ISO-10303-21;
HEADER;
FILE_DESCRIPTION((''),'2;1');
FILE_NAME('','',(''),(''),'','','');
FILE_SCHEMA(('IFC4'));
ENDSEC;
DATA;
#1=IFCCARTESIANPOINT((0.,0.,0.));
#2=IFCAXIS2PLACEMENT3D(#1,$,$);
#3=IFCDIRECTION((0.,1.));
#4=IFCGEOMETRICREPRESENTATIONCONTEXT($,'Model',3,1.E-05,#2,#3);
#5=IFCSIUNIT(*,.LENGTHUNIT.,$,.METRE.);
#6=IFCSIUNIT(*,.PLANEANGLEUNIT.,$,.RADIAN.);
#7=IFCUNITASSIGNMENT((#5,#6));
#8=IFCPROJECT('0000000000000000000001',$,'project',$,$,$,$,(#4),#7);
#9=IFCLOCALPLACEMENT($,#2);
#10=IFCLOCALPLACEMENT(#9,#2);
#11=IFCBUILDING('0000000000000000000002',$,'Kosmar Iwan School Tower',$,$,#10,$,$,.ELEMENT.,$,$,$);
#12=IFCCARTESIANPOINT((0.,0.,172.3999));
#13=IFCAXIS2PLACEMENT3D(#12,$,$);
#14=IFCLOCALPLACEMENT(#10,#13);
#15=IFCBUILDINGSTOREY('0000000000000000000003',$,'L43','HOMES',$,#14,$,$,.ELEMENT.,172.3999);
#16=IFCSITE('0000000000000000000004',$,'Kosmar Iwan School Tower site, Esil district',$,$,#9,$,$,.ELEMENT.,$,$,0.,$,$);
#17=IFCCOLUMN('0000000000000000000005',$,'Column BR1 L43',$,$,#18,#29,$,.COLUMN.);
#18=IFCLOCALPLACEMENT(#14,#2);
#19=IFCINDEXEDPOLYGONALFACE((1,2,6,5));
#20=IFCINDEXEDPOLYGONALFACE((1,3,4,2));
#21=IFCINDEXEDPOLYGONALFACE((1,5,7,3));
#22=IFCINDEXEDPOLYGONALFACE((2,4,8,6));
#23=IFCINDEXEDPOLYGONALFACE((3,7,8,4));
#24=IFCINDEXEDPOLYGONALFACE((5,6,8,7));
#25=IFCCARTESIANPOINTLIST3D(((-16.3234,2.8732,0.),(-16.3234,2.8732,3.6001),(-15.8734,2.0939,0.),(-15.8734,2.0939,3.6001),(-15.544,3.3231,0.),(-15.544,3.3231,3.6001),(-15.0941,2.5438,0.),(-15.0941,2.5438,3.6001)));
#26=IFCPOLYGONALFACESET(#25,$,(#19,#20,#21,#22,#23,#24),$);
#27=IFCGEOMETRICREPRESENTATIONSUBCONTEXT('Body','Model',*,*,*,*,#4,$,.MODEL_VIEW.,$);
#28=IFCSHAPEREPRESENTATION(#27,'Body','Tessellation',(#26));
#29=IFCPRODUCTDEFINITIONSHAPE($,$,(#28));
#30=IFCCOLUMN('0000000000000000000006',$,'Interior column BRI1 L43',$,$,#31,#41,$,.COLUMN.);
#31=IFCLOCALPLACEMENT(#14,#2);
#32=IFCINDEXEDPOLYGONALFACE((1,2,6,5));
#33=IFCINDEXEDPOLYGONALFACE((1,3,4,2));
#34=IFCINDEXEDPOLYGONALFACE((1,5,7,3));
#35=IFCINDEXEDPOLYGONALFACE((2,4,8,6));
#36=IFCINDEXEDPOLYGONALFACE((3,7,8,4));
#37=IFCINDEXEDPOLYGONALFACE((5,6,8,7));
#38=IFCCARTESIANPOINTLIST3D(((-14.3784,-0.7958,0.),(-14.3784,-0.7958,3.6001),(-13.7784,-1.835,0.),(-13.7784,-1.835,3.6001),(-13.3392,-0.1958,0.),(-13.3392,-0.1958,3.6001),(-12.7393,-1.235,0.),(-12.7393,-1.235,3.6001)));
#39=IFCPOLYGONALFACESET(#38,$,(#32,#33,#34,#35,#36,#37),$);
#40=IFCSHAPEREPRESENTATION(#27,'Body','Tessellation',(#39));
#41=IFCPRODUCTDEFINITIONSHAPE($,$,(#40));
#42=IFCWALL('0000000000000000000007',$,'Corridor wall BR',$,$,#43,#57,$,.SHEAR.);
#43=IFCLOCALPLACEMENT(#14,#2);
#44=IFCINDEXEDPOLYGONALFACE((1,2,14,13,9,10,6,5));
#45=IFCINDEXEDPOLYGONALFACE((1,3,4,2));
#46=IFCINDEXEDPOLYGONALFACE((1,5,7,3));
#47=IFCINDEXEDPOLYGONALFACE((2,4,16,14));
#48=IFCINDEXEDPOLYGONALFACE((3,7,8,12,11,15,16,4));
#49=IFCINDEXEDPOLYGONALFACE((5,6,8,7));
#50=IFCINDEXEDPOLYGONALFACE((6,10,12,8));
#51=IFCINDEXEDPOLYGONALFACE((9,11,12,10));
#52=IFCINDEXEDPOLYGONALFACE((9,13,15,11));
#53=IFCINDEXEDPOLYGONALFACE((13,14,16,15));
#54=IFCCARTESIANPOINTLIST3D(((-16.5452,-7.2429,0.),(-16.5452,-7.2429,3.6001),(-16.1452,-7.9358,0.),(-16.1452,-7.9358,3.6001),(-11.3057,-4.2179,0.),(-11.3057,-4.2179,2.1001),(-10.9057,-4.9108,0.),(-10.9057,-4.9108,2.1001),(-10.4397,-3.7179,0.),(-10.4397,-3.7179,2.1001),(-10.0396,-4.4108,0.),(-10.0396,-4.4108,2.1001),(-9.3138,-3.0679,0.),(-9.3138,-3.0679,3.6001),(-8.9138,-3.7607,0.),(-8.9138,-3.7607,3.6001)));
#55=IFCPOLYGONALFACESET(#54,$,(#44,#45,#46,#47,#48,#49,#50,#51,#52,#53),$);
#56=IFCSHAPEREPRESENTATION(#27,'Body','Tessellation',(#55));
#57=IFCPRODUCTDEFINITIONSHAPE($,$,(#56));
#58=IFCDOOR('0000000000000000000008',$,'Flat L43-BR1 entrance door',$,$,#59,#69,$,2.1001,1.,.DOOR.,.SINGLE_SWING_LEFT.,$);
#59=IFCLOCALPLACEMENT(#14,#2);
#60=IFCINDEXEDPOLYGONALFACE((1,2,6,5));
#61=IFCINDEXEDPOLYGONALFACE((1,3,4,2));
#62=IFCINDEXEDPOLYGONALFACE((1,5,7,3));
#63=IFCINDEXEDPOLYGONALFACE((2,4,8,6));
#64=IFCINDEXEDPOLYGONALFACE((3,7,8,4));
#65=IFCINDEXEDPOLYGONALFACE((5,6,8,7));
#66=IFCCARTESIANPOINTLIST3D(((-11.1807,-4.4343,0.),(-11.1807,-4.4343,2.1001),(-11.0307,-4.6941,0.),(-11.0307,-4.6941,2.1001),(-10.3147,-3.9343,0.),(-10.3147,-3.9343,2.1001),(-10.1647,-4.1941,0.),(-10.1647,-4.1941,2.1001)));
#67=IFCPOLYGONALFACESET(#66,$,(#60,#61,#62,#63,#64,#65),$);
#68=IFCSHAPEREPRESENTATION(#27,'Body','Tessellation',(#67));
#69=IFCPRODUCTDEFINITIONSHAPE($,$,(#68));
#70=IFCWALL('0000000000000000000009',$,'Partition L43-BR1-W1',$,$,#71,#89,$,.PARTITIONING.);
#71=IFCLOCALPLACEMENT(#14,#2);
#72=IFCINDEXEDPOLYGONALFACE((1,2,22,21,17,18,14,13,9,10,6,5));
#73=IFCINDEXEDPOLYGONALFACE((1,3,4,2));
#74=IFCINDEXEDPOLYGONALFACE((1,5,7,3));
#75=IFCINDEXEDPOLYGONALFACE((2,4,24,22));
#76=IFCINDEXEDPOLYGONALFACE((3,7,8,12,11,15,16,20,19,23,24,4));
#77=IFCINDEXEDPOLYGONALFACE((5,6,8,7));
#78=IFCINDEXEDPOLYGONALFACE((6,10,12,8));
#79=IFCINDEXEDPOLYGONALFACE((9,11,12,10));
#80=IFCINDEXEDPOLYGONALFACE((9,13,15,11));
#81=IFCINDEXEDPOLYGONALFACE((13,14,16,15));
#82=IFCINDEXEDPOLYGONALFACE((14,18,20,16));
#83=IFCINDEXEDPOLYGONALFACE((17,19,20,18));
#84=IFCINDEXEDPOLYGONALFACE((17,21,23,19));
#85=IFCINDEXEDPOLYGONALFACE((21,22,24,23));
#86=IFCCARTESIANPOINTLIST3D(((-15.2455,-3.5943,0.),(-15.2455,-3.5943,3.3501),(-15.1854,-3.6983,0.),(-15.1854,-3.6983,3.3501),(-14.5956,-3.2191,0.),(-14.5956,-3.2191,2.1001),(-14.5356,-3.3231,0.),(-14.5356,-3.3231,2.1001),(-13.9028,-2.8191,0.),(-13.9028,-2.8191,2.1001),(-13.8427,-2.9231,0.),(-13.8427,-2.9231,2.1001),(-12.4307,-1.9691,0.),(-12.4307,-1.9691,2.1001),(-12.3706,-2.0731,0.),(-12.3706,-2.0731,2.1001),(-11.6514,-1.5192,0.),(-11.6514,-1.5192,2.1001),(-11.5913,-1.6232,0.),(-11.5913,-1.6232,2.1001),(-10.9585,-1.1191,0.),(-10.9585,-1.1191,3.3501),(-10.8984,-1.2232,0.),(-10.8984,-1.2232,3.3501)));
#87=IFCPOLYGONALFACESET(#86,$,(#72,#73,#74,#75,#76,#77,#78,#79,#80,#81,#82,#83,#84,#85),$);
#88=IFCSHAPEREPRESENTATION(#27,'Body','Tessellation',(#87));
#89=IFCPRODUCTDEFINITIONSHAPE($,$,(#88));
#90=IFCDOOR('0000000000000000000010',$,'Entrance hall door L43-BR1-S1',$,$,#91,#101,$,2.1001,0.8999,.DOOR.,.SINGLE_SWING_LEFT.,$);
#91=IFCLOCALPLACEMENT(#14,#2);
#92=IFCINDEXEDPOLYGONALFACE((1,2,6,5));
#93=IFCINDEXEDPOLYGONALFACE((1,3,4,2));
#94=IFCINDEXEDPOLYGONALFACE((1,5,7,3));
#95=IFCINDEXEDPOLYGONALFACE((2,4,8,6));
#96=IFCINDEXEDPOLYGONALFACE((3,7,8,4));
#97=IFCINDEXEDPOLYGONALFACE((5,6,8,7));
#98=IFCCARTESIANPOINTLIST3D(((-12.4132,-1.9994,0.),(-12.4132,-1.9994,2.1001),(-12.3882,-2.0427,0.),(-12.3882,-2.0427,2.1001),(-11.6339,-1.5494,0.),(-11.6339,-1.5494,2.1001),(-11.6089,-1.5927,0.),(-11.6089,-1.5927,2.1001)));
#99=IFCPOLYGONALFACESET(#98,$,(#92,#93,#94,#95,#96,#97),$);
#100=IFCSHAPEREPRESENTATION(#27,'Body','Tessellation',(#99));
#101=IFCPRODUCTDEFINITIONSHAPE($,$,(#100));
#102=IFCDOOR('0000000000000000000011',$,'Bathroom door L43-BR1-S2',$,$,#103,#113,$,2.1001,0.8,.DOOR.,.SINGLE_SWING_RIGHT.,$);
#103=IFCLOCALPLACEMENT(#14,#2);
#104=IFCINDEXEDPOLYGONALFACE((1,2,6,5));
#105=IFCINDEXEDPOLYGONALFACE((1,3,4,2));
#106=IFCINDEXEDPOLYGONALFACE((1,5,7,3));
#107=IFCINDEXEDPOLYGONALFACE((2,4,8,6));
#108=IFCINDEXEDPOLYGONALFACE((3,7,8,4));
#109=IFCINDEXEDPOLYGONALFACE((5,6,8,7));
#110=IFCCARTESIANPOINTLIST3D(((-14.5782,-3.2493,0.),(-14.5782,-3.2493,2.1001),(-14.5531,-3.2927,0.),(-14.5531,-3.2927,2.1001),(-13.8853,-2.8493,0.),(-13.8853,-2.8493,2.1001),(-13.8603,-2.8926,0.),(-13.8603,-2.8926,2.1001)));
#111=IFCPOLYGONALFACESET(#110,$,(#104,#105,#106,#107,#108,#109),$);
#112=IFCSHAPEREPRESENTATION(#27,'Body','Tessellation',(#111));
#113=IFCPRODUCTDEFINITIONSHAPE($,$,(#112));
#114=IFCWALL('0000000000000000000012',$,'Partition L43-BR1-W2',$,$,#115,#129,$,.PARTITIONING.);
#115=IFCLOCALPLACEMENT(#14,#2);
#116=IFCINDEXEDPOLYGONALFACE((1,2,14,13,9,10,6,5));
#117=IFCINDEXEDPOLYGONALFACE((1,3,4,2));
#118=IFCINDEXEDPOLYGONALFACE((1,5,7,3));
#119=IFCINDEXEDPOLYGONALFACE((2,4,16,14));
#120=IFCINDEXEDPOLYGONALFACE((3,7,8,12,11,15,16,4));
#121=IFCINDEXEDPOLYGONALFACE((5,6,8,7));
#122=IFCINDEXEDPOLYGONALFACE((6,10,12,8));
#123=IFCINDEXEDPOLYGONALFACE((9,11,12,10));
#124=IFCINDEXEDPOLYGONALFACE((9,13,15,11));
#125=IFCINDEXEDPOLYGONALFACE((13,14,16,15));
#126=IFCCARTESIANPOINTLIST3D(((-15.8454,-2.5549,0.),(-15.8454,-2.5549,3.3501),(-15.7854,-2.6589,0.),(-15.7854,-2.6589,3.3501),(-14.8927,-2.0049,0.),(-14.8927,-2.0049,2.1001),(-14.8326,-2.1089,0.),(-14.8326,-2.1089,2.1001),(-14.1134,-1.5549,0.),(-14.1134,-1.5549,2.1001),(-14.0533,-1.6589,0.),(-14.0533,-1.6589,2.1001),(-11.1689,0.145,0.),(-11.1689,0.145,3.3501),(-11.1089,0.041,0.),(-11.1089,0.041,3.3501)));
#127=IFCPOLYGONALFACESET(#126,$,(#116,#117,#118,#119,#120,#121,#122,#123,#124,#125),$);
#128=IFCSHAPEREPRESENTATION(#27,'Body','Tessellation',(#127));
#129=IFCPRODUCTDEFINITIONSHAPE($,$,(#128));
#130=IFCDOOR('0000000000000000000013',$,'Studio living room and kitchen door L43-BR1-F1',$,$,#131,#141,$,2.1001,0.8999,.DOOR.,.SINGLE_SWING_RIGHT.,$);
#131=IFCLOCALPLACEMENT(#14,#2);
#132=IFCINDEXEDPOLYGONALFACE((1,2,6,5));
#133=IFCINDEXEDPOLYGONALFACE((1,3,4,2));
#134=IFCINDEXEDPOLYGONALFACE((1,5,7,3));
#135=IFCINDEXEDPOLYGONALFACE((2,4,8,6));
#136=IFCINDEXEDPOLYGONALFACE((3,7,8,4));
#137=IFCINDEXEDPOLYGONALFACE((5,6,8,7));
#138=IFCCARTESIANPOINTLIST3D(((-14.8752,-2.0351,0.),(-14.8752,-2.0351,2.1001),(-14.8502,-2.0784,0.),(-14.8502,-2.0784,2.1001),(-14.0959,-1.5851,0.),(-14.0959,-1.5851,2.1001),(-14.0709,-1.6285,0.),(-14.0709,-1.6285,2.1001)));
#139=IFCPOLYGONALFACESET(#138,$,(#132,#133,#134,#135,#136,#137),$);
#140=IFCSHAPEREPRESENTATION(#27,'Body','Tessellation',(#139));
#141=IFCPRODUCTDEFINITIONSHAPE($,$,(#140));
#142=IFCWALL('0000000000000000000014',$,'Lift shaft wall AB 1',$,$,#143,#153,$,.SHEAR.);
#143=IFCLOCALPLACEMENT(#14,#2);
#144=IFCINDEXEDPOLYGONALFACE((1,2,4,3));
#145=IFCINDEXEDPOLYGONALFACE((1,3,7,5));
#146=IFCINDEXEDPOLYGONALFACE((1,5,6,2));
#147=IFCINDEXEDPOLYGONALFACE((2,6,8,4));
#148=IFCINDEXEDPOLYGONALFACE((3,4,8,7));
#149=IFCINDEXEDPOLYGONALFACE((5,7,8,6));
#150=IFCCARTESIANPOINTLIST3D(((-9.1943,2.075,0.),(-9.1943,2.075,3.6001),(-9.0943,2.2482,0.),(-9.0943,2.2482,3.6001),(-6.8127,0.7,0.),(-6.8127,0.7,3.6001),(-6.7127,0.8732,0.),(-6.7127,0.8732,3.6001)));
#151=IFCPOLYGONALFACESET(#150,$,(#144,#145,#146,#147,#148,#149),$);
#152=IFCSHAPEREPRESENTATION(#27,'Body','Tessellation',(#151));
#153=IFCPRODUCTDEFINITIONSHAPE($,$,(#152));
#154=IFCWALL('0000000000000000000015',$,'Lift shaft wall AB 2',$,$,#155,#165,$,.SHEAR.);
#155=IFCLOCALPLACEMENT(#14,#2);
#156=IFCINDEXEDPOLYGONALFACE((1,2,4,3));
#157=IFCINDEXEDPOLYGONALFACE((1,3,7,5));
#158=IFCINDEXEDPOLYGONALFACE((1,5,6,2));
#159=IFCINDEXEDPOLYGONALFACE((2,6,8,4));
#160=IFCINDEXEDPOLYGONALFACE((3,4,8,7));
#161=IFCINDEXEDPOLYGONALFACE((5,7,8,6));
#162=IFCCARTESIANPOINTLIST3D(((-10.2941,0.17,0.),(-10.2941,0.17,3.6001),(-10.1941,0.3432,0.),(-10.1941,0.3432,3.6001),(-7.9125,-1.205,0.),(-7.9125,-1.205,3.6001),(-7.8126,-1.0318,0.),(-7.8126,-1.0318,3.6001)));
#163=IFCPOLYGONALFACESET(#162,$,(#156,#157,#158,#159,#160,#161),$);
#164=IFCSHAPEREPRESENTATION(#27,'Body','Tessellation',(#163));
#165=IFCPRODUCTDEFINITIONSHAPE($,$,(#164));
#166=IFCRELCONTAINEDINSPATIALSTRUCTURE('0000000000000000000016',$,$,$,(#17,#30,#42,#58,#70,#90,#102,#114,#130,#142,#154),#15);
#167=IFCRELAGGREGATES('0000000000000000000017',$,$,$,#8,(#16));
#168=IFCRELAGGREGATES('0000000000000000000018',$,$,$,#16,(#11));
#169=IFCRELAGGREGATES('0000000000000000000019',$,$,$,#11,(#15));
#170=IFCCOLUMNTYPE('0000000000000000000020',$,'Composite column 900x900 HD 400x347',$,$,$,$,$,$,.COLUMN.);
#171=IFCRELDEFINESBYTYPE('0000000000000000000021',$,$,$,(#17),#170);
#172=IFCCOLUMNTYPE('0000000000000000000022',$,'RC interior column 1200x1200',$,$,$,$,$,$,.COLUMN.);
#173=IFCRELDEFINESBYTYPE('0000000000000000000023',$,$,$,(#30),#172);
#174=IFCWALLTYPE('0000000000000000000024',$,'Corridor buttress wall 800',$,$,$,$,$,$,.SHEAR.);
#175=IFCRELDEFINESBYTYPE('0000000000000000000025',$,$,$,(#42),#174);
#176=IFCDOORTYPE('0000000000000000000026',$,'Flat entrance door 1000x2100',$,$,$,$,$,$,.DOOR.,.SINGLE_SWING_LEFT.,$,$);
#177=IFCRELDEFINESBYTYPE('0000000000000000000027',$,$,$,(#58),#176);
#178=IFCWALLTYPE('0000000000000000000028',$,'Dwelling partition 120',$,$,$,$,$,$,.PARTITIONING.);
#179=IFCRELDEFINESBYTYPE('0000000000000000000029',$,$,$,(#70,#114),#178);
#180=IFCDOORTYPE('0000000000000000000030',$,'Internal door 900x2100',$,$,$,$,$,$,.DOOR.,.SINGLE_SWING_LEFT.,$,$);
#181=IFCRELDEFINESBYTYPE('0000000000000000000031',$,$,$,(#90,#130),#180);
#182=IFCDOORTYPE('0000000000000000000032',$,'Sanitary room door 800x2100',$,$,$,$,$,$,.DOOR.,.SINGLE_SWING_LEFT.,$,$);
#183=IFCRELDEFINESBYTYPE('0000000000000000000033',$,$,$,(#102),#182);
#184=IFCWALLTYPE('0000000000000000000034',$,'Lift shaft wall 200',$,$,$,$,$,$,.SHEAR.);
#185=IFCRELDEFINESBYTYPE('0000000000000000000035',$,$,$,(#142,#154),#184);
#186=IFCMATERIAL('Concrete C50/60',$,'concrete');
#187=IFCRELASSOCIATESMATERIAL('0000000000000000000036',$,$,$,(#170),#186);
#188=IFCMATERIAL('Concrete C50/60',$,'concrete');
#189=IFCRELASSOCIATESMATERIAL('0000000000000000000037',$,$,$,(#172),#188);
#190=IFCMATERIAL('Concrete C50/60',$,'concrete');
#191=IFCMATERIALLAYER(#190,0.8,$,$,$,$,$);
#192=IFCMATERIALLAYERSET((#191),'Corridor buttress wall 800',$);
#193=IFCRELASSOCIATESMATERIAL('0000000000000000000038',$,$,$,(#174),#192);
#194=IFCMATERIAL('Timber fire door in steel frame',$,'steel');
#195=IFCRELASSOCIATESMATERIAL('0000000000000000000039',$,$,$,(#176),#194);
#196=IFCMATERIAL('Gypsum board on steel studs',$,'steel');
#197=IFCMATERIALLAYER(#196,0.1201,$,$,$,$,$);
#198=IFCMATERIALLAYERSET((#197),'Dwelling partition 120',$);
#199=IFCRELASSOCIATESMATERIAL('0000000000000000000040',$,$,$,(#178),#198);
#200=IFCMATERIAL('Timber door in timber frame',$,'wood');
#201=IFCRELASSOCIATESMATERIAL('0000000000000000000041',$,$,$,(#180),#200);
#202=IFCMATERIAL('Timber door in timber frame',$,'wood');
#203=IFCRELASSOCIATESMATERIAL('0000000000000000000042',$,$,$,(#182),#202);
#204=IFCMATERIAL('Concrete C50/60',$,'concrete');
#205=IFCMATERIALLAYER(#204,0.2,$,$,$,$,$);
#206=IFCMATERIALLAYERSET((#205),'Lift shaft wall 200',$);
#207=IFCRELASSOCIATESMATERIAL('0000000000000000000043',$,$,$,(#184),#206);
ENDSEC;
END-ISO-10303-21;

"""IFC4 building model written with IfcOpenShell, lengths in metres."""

from ifc_helpers import new_model, si_unit, direction, frame, frame_2d, origin, origin_2d, place, context, subcontext, project, spatial, rectangle, extrude, material, layer, layer_set, material_profile, profile_set, type_object, element, fill, save


model = new_model("IFC4")

# Units and contexts
model_context = context("Model", 3, precision=1e-05, world=origin(), true_north=direction((0.0, 1.0)))
body_context = subcontext(model_context, "Body", "Model", "MODEL_VIEW")
ifc_project = project(units=[si_unit("LENGTHUNIT", "METRE"), si_unit("PLANEANGLEUNIT", "RADIAN")], contexts=[model_context])

# Site, building, storey
site_placement = place(None, origin())
site = spatial("IfcSite", under=ifc_project, at=site_placement, Name="Kosmar Iwan School Tower site, Esil district", CompositionType="ELEMENT", RefElevation=0.0)
building_placement = place(site_placement, origin())
building = spatial("IfcBuilding", under=site, at=building_placement, Name="Kosmar Iwan School Tower", CompositionType="ELEMENT")
storey_placement = place(building_placement, frame((0.0, 0.0, 172.3999)))
storey = spatial("IfcBuildingStorey", under=building, at=storey_placement, Name="L43", Description="HOMES", CompositionType="ELEMENT", Elevation=172.3999)

# Columns
ifc_material_1 = material(Name="Concrete C50/60", Category="concrete")
ifc_material_profile_1 = material_profile(ifc_material_1, rectangle(XDim=0.8999, YDim=0.8999, at=origin_2d()), Name="RC 900x900 + HD 400x347")
ifc_profile_set_1 = profile_set([ifc_material_profile_1], Name="Concrete C50/60")
column_type_1 = type_object("IfcColumnType", Name="Composite column 900x900 HD 400x347", PredefinedType="COLUMN", material=ifc_profile_set_1)
column_1_placement = place(storey_placement, frame((-15.7087, 2.7085, 0.0), z_axis=(0.0, 0.0, 1.0), x_axis=(-0.866025, -0.5, 0.0)))
element("IfcColumn", 1, at=column_1_placement, inside=storey, type_object=column_type_1, Name="Column BR1 L43", PredefinedType="COLUMN", context=body_context, shape_type="SweptSolid", body=[
    extrude(rectangle(XDim=0.8999, YDim=0.8999, at=origin_2d()), origin(), (0.0, 0.0, 1.0), 3.6001),
])
ifc_material_2 = material(Name="Concrete C50/60", Category="concrete")
ifc_material_profile_2 = material_profile(ifc_material_2, rectangle(XDim=1.2, YDim=1.2, at=origin_2d()), Name="RC 1200x1200")
ifc_profile_set_2 = profile_set([ifc_material_profile_2], Name="Concrete C50/60")
column_type_2 = type_object("IfcColumnType", Name="RC interior column 1200x1200", PredefinedType="COLUMN", material=ifc_profile_set_2)
column_2_placement = place(storey_placement, frame((-13.5588, -1.0154, 0.0), z_axis=(0.0, 0.0, 1.0), x_axis=(-0.866025, -0.5, 0.0)))
element("IfcColumn", 2, at=column_2_placement, inside=storey, type_object=column_type_2, Name="Interior column BRI1 L43", PredefinedType="COLUMN", context=body_context, shape_type="SweptSolid", body=[
    extrude(rectangle(XDim=1.2, YDim=1.2, at=origin_2d()), origin(), (0.0, 0.0, 1.0), 3.6001),
])

# Wall, opening, door
ifc_material_3 = material(Name="Concrete C50/60", Category="concrete")
ifc_layer_1 = layer(ifc_material_3, 0.8)
ifc_layer_set_1 = layer_set([ifc_layer_1], Name="Corridor buttress wall 800")
wall_type_1 = type_object("IfcWallType", Name="Corridor buttress wall 800", PredefinedType="SHEAR", material=ifc_layer_set_1)
wall_1_placement = place(storey_placement, frame((-9.1138, -3.4143, 0.0), z_axis=(0.0, 0.0, 1.0), x_axis=(-0.866027, -0.499997, 0.0)))
wall_1 = element("IfcWall", 3, at=wall_1_placement, inside=storey, type_object=wall_type_1, Name="Corridor wall BR", PredefinedType="SHEAR", context=body_context, shape_type="SweptSolid", body=[
    extrude(rectangle(XDim=8.3501, YDim=0.8, at=frame_2d((4.175, 0.0))), origin(), (0.0, 0.0, 1.0), 3.6001),
])
opening_1_placement = place(wall_1_placement, frame((1.3, 0.0, 0.0)))
opening_1 = element("IfcOpeningElement", 4, at=opening_1_placement, cuts=wall_1, PredefinedType="OPENING", context=body_context, shape_type="SweptSolid", body=[
    extrude(rectangle(XDim=1.0, YDim=2.1001, at=frame_2d((0.5, 1.05))), frame((0.0, 0.4121, 0.0), z_axis=(0.0, -1.0, 0.0), x_axis=(1.0, 0.0, 0.0)), (0.0, 0.0, 1.0), 0.824),
])
ifc_material_4 = material(Name="Timber fire door in steel frame", Category="steel")
door_type_1 = type_object("IfcDoorType", Name="Flat entrance door 1000x2100", OperationType="SINGLE_SWING_LEFT", PredefinedType="DOOR", material=ifc_material_4)
door_1_placement = place(opening_1_placement, origin())
door_1 = element("IfcDoor", 5, at=door_1_placement, inside=storey, type_object=door_type_1, Name="Flat L43-BR1 entrance door", OperationType="SINGLE_SWING_LEFT", OverallHeight=2.1001, OverallWidth=1.0, PredefinedType="DOOR", context=body_context, shape_type="SweptSolid", body=[
    extrude(rectangle(XDim=1.0, YDim=2.1001, at=frame_2d((0.5, 1.05))), frame((0.0, 0.1499, 0.0), z_axis=(0.0, -1.0, 0.0), x_axis=(1.0, 0.0, 0.0)), (0.0, 0.0, 1.0), 0.3),
])
fill(opening_1, door_1)

# Wall, openings, doors
ifc_material_5 = material(Name="Gypsum board on steel studs", Category="steel")
ifc_layer_2 = layer(ifc_material_5, 0.1201)
ifc_layer_set_2 = layer_set([ifc_layer_2], Name="Dwelling partition 120")
wall_type_2 = type_object("IfcWallType", Name="Dwelling partition 120", PredefinedType="PARTITIONING", material=ifc_layer_set_2)
wall_2_placement = place(storey_placement, frame((-10.9285, -1.1711, 0.0), z_axis=(0.0, 0.0, 1.0), x_axis=(-0.866019, -0.500011, 0.0)))
wall_2 = element("IfcWall", 6, at=wall_2_placement, inside=storey, type_object=wall_type_2, Name="Partition L43-BR1-W1", PredefinedType="PARTITIONING", context=body_context, shape_type="SweptSolid", body=[
    extrude(rectangle(XDim=4.9502, YDim=0.1201, at=frame_2d((2.4751, 0.0))), origin(), (0.0, 0.0, 1.0), 3.3501),
])
opening_2_placement = place(wall_2_placement, frame((0.8, 0.0, 0.0)))
opening_2 = element("IfcOpeningElement", 7, at=opening_2_placement, cuts=wall_2, PredefinedType="OPENING", context=body_context, shape_type="SweptSolid", body=[
    extrude(rectangle(XDim=0.8999, YDim=2.1001, at=frame_2d((0.45, 1.05))), frame((0.0, 0.072, 0.0), z_axis=(0.0, -1.0, 0.0), x_axis=(1.0, 0.0, 0.0)), (0.0, 0.0, 1.0), 0.144),
])
opening_3_placement = place(wall_2_placement, frame((3.3999, 0.0, 0.0)))
opening_3 = element("IfcOpeningElement", 8, at=opening_3_placement, cuts=wall_2, PredefinedType="OPENING", context=body_context, shape_type="SweptSolid", body=[
    extrude(rectangle(XDim=0.8, YDim=2.1001, at=frame_2d((0.3999, 1.05))), frame((0.0, 0.072, 0.0), z_axis=(0.0, -1.0, 0.0), x_axis=(1.0, 0.0, 0.0)), (0.0, 0.0, 1.0), 0.144),
])
ifc_material_6 = material(Name="Timber door in timber frame", Category="wood")
door_type_2 = type_object("IfcDoorType", Name="Internal door 900x2100", OperationType="SINGLE_SWING_LEFT", PredefinedType="DOOR", material=ifc_material_6)
door_2_placement = place(opening_2_placement, origin())
door_2 = element("IfcDoor", 9, at=door_2_placement, inside=storey, type_object=door_type_2, Name="Entrance hall door L43-BR1-S1", OperationType="SINGLE_SWING_LEFT", OverallHeight=2.1001, OverallWidth=0.8999, PredefinedType="DOOR", context=body_context, shape_type="SweptSolid", body=[
    extrude(rectangle(XDim=0.8999, YDim=2.1001, at=frame_2d((0.45, 1.05))), frame((0.0, 0.0249, 0.0), z_axis=(0.0, -1.0, 0.0), x_axis=(1.0, 0.0, 0.0)), (0.0, 0.0, 1.0), 0.05),
])
fill(opening_2, door_2)
ifc_material_7 = material(Name="Timber door in timber frame", Category="wood")
door_type_3 = type_object("IfcDoorType", Name="Sanitary room door 800x2100", OperationType="SINGLE_SWING_LEFT", PredefinedType="DOOR", material=ifc_material_7)
door_3_placement = place(opening_3_placement, origin())
door_3 = element("IfcDoor", 10, at=door_3_placement, inside=storey, type_object=door_type_3, Name="Bathroom door L43-BR1-S2", OperationType="SINGLE_SWING_RIGHT", OverallHeight=2.1001, OverallWidth=0.8, PredefinedType="DOOR", context=body_context, shape_type="SweptSolid", body=[
    extrude(rectangle(XDim=0.8, YDim=2.1001, at=frame_2d((0.3999, 1.05))), frame((0.0, 0.0249, 0.0), z_axis=(0.0, -1.0, 0.0), x_axis=(1.0, 0.0, 0.0)), (0.0, 0.0, 1.0), 0.05),
])
fill(opening_3, door_3)

# Wall, opening, door
wall_3_placement = place(storey_placement, frame((-11.1389, 0.093, 0.0), z_axis=(0.0, 0.0, 1.0), x_axis=(-0.866028, -0.499995, 0.0)))
wall_3 = element("IfcWall", 11, at=wall_3_placement, inside=storey, type_object=wall_type_2, Name="Partition L43-BR1-W2", PredefinedType="PARTITIONING", context=body_context, shape_type="SweptSolid", body=[
    extrude(rectangle(XDim=5.3999, YDim=0.1201, at=frame_2d((2.7, 0.0))), origin(), (0.0, 0.0, 1.0), 3.3501),
])
opening_4_placement = place(wall_3_placement, frame((3.3999, 0.0, 0.0)))
opening_4 = element("IfcOpeningElement", 12, at=opening_4_placement, cuts=wall_3, PredefinedType="OPENING", context=body_context, shape_type="SweptSolid", body=[
    extrude(rectangle(XDim=0.8999, YDim=2.1001, at=frame_2d((0.45, 1.05))), frame((0.0, 0.072, 0.0), z_axis=(0.0, -1.0, 0.0), x_axis=(1.0, 0.0, 0.0)), (0.0, 0.0, 1.0), 0.144),
])
door_4_placement = place(opening_4_placement, origin())
door_4 = element("IfcDoor", 13, at=door_4_placement, inside=storey, type_object=door_type_2, Name="Studio living room and kitchen door L43-BR1-F1", OperationType="SINGLE_SWING_RIGHT", OverallHeight=2.1001, OverallWidth=0.8999, PredefinedType="DOOR", context=body_context, shape_type="SweptSolid", body=[
    extrude(rectangle(XDim=0.8999, YDim=2.1001, at=frame_2d((0.45, 1.05))), frame((0.0, 0.0249, 0.0), z_axis=(0.0, -1.0, 0.0), x_axis=(1.0, 0.0, 0.0)), (0.0, 0.0, 1.0), 0.05),
])
fill(opening_4, door_4)

# Walls
ifc_material_8 = material(Name="Concrete C50/60", Category="concrete")
ifc_layer_3 = layer(ifc_material_8, 0.2)
ifc_layer_set_3 = layer_set([ifc_layer_3], Name="Lift shaft wall 200")
wall_type_3 = type_object("IfcWallType", Name="Lift shaft wall 200", PredefinedType="SHEAR", material=ifc_layer_set_3)
for number, where, z_axis, x_axis, name in (
    (14, (-6.7627, 0.7866, 0.0), (0.0, 0.0, 1.0), (-0.866027, 0.499997, 0.0), "Lift shaft wall AB 1"),
    (15, (-7.8625, -1.1184, 0.0), (0.0, 0.0, 1.0), (-0.866027, 0.499997, 0.0), "Lift shaft wall AB 2"),
):
    element("IfcWall", number, at=place(storey_placement, frame(where, z_axis=z_axis, x_axis=x_axis)), inside=storey, type_object=wall_type_3, Name=name, PredefinedType="SHEAR", context=body_context, shape_type="SweptSolid", body=[
        extrude(rectangle(XDim=2.75, YDim=0.2, at=frame_2d((1.375, 0.0))), origin(), (0.0, 0.0, 1.0), 3.6001),
    ])

save(model, "model.ifc")
